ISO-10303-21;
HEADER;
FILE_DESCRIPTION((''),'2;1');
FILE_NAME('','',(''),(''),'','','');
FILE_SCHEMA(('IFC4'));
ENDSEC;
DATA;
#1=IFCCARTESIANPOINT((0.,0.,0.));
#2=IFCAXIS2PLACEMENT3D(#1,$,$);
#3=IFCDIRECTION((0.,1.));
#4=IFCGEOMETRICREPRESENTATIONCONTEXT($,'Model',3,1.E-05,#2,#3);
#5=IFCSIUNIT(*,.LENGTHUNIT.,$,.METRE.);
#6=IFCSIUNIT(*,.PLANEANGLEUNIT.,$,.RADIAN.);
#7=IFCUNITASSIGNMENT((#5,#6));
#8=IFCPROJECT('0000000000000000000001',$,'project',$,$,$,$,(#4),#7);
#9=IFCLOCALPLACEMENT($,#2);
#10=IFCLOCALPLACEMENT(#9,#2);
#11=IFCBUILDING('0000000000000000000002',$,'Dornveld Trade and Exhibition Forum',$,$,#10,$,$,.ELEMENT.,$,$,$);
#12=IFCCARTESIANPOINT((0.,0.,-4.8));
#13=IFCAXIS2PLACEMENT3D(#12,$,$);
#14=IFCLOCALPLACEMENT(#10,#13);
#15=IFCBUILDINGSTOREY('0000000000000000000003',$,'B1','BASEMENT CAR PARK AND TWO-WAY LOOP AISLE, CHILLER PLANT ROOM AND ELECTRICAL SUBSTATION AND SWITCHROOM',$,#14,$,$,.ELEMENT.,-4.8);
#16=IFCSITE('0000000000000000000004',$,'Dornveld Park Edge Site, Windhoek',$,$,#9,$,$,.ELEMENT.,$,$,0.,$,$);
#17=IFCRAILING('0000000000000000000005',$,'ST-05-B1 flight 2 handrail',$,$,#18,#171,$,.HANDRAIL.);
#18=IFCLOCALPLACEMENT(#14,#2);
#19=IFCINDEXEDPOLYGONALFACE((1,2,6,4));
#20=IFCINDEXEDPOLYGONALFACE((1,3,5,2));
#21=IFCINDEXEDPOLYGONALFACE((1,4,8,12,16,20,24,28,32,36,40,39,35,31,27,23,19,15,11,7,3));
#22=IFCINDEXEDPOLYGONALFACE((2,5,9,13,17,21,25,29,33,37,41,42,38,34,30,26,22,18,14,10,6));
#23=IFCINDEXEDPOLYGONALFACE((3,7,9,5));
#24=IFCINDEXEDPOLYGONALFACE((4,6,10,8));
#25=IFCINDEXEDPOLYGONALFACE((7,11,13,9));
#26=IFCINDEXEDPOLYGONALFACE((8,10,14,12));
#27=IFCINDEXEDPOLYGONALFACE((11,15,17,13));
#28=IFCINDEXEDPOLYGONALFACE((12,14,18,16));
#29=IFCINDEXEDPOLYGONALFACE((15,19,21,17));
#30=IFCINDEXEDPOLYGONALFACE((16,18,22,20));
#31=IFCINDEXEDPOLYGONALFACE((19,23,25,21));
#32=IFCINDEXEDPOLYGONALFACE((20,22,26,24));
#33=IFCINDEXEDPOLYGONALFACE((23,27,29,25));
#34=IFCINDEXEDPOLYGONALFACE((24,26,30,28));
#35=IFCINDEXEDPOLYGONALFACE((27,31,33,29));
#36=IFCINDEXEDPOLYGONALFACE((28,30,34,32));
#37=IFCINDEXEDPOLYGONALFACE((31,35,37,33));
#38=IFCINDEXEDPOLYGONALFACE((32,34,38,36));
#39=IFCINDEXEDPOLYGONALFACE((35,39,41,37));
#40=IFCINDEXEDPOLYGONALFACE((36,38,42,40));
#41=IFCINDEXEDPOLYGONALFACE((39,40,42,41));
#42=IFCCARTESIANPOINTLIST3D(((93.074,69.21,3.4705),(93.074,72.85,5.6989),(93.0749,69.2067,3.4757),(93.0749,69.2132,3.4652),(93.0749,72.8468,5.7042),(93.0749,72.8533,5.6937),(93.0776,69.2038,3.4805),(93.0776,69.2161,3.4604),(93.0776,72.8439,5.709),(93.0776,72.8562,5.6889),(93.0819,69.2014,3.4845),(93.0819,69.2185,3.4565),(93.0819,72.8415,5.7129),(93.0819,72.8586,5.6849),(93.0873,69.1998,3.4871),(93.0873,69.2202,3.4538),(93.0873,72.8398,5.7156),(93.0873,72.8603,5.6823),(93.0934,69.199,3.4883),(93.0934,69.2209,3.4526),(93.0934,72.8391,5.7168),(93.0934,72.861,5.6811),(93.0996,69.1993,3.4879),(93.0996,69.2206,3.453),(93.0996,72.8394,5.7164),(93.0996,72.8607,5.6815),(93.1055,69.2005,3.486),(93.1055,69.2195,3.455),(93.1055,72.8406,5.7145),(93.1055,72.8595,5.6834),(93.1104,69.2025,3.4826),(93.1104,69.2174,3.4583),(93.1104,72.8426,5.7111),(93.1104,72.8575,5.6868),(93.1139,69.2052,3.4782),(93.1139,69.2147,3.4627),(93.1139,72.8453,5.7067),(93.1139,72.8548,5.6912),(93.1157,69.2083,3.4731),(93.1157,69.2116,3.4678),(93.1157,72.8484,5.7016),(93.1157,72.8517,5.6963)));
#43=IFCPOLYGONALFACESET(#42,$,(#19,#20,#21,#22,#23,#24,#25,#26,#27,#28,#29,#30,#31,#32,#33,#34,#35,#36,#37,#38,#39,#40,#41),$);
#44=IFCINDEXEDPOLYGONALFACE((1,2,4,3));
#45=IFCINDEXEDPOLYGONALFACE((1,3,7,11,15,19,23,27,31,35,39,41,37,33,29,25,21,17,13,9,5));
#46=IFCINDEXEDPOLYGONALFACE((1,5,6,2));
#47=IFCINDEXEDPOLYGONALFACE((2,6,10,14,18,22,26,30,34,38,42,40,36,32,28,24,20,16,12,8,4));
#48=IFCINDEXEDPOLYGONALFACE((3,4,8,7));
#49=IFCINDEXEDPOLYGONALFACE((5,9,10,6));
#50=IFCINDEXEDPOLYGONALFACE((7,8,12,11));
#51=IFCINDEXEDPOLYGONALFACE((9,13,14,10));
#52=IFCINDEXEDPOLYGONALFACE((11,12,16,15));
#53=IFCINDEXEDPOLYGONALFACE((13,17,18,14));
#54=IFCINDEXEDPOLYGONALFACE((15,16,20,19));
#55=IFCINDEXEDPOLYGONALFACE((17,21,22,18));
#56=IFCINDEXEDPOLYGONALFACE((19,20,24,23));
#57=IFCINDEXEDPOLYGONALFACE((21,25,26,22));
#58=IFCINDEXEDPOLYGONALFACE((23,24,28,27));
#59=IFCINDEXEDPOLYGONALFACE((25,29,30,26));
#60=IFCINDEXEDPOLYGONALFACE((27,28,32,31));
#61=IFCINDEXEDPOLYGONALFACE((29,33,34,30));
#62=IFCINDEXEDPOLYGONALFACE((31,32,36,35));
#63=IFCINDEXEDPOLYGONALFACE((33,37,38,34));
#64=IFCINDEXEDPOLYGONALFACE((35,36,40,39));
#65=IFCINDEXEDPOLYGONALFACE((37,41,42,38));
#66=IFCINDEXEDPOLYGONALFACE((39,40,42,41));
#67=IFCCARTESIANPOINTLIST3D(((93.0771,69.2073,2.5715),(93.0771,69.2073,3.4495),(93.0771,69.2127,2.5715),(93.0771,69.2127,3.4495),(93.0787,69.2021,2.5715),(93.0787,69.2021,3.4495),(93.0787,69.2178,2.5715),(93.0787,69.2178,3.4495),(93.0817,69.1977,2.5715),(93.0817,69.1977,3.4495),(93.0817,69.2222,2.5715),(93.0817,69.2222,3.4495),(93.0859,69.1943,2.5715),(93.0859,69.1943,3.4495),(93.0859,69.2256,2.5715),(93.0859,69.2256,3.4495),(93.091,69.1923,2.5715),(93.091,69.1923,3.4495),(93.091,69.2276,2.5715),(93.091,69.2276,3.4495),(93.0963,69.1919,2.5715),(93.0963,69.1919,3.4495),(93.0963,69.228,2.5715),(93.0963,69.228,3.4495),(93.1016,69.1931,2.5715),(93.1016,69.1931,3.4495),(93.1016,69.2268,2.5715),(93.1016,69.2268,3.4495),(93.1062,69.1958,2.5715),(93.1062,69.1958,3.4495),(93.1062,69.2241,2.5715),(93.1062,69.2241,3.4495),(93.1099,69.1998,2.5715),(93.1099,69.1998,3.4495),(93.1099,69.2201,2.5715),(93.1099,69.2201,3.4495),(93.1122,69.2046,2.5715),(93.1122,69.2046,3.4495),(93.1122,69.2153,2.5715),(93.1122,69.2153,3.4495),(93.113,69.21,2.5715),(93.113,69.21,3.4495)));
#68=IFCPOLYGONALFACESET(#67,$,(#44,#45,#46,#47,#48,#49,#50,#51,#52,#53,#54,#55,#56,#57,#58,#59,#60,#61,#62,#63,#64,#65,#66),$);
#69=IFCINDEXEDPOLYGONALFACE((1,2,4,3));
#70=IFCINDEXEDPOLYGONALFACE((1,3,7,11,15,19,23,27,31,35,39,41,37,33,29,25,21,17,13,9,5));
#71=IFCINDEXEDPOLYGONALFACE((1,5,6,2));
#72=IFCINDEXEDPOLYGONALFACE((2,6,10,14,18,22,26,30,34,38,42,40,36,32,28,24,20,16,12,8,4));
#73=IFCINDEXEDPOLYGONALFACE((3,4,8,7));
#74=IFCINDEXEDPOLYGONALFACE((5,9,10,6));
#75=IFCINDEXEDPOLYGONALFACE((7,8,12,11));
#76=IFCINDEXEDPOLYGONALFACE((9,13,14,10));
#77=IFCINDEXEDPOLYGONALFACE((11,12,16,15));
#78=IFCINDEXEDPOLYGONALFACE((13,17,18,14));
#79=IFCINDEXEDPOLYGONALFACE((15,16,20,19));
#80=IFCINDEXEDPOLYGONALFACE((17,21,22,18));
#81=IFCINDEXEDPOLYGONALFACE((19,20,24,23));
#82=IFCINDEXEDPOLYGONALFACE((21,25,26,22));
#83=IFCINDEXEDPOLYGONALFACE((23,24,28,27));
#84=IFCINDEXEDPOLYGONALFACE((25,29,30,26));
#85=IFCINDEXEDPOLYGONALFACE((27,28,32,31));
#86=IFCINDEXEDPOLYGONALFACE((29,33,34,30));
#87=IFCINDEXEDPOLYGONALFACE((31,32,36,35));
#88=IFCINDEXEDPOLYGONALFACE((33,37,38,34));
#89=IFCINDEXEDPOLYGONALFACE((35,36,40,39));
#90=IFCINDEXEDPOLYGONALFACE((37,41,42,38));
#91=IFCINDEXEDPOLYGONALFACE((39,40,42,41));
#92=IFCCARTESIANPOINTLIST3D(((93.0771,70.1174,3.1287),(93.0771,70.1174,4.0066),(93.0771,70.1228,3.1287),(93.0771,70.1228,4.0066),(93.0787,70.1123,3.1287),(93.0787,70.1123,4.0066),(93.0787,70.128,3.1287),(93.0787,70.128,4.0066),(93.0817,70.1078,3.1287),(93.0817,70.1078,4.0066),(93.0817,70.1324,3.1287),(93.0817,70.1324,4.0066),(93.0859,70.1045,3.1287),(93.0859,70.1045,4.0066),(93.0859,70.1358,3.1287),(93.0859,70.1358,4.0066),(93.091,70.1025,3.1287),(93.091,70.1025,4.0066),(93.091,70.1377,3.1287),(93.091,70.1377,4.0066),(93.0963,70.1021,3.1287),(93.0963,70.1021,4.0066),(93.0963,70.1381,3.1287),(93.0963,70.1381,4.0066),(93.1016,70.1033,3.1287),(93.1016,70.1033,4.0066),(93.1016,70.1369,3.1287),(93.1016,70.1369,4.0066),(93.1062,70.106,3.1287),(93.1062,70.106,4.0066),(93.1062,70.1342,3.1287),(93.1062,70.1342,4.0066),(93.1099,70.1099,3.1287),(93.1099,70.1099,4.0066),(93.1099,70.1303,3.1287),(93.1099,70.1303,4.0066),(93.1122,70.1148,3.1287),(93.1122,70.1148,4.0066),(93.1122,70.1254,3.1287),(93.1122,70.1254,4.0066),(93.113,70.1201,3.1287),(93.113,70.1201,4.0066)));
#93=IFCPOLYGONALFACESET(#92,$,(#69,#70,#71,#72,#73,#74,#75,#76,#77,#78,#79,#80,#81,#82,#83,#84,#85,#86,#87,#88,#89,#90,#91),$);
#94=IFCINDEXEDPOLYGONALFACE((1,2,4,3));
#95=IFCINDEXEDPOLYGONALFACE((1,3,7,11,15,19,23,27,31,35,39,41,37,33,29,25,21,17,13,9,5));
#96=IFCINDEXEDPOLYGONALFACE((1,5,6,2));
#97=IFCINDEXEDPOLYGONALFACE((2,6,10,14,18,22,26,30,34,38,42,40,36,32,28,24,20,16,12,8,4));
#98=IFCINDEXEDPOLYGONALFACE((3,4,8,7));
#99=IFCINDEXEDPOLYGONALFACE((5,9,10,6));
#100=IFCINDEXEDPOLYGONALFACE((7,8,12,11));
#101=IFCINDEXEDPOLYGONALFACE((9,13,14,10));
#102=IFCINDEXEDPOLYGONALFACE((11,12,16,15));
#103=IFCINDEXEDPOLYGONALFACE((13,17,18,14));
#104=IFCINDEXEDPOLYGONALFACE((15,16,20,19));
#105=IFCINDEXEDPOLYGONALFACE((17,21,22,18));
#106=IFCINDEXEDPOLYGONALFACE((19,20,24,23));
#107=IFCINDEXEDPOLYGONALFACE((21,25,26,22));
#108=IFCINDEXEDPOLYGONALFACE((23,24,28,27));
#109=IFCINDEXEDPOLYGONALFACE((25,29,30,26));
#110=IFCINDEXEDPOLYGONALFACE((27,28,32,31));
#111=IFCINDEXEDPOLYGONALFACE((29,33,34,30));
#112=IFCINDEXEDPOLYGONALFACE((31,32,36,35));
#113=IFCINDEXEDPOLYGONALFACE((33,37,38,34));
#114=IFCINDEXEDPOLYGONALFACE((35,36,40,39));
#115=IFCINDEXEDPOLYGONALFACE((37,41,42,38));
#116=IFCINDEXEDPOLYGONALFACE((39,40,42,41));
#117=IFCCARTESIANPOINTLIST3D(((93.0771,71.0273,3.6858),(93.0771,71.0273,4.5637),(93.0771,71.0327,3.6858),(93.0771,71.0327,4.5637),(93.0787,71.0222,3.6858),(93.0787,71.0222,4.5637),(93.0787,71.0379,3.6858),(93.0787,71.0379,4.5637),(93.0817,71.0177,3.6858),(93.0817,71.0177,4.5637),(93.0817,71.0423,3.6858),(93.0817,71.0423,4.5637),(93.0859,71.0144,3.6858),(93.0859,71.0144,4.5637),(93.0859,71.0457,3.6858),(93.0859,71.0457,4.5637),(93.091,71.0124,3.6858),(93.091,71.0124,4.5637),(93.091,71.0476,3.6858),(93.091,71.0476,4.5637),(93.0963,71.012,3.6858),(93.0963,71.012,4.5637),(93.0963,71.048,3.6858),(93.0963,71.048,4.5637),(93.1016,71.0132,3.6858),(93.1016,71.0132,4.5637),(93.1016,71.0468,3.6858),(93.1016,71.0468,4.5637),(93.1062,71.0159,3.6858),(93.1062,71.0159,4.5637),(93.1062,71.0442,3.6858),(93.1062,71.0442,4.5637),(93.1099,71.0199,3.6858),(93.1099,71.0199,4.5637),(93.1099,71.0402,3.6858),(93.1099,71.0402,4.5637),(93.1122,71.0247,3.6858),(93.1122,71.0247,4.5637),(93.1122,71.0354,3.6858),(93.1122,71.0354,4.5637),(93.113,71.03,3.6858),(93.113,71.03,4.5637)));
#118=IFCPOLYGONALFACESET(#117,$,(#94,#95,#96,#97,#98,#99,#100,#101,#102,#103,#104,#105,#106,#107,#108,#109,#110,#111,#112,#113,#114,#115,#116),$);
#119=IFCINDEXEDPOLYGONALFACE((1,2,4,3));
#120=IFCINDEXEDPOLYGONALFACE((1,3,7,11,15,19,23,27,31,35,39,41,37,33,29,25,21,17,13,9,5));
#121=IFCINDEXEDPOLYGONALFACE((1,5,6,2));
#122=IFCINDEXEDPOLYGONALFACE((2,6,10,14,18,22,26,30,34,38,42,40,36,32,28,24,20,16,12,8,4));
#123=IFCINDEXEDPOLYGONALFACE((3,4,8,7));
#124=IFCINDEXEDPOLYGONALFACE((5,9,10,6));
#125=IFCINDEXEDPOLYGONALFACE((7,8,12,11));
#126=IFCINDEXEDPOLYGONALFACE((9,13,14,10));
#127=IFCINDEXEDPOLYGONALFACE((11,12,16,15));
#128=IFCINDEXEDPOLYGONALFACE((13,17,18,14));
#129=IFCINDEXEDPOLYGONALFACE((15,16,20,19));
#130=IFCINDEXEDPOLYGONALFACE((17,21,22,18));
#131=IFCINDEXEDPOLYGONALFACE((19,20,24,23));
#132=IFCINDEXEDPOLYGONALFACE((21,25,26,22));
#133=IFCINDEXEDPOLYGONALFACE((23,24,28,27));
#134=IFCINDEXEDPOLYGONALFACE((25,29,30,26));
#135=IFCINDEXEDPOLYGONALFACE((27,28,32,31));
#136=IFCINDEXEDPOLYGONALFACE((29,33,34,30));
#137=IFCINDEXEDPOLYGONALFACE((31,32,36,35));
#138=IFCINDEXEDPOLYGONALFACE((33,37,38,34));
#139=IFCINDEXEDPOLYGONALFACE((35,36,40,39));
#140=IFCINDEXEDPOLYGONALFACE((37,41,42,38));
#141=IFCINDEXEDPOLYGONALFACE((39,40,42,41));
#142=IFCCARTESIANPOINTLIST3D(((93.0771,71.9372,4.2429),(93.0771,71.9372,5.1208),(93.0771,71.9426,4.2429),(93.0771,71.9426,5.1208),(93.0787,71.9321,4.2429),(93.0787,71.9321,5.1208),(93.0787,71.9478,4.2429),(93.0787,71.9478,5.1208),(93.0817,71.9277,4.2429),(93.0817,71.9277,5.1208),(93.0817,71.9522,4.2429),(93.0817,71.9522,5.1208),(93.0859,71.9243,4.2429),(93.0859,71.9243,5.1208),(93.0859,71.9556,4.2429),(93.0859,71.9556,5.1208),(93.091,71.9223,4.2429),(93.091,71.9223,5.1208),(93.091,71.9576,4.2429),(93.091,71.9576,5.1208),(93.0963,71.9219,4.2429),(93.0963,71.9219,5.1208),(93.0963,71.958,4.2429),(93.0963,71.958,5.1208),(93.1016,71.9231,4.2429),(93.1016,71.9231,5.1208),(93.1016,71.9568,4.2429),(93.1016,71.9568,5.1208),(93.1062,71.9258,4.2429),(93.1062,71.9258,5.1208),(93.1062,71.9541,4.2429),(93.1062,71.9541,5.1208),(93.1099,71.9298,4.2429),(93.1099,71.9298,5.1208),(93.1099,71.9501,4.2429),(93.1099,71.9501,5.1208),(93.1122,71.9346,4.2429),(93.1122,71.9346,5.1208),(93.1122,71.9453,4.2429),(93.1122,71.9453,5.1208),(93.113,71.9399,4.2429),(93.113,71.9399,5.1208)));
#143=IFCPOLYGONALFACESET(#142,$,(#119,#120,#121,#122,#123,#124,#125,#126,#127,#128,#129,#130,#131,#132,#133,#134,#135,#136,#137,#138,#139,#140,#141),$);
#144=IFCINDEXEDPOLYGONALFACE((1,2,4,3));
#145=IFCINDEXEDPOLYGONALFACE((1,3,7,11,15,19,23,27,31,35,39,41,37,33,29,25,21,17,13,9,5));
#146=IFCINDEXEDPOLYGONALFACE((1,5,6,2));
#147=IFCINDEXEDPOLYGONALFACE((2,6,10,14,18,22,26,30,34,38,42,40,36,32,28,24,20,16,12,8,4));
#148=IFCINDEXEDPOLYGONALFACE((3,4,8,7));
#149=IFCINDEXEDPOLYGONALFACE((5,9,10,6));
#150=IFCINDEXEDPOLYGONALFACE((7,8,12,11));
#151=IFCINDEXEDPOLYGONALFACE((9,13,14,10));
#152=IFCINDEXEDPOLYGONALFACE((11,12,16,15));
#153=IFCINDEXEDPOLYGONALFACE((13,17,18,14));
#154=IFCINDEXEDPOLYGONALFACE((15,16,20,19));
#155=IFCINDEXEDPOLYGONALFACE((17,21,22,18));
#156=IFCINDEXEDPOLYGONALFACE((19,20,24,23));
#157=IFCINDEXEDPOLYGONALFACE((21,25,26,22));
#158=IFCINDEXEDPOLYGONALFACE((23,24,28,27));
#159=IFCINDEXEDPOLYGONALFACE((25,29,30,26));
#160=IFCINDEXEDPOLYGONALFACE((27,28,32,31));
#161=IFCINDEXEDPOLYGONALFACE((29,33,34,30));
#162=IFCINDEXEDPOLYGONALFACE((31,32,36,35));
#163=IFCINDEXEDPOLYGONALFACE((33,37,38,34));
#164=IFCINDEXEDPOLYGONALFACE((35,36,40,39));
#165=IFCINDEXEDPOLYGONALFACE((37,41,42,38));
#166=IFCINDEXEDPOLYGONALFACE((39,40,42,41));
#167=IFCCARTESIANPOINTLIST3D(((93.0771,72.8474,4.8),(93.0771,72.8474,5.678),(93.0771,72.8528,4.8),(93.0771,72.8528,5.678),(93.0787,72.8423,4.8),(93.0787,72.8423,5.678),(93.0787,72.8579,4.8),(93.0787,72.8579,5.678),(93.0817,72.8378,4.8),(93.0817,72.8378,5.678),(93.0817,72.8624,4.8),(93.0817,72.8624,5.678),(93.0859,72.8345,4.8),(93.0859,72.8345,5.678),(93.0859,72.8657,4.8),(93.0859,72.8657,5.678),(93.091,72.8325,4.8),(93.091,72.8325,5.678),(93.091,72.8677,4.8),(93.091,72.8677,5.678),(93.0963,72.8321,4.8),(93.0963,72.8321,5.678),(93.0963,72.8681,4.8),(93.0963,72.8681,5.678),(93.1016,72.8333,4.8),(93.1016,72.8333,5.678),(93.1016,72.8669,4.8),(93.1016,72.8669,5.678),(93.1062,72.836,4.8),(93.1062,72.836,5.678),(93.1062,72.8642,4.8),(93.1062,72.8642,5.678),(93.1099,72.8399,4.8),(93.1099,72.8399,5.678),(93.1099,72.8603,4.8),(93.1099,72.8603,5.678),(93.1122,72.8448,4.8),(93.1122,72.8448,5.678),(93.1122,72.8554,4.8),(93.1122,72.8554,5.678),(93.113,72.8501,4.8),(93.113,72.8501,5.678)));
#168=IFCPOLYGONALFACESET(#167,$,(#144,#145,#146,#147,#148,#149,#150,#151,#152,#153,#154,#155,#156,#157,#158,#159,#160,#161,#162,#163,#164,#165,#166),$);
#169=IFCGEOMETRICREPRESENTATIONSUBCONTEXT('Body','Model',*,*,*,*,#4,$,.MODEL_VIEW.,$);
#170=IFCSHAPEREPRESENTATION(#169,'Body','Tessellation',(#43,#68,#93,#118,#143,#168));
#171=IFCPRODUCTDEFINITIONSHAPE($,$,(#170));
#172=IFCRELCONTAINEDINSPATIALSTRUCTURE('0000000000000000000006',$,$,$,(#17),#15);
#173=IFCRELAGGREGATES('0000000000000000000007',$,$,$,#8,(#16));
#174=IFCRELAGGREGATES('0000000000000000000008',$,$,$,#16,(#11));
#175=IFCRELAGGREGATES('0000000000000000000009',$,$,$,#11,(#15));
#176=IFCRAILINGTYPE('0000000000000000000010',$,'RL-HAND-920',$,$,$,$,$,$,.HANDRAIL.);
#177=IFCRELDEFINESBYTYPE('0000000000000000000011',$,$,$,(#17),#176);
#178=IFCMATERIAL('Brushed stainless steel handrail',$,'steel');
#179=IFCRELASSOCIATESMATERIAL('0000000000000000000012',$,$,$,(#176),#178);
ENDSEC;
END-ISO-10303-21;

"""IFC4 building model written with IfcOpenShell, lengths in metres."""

from ifc_helpers import new_model, si_unit, direction, frame, origin, origin_2d, place, context, subcontext, project, spatial, circle, extrude, material, type_object, element, save


model = new_model("IFC4")

# Units and contexts
model_context = context("Model", 3, precision=1e-05, world=origin(), true_north=direction((0.0, 1.0)))
body_context = subcontext(model_context, "Body", "Model", "MODEL_VIEW")
ifc_project = project(units=[si_unit("LENGTHUNIT", "METRE"), si_unit("PLANEANGLEUNIT", "RADIAN")], contexts=[model_context])

# Site, building, storey
site_placement = place(None, origin())
site = spatial("IfcSite", under=ifc_project, at=site_placement, Name="Dornveld Park Edge Site, Windhoek", CompositionType="ELEMENT", RefElevation=0.0)
building_placement = place(site_placement, origin())
building = spatial("IfcBuilding", under=site, at=building_placement, Name="Dornveld Trade and Exhibition Forum", CompositionType="ELEMENT")
storey_placement = place(building_placement, frame((0.0, 0.0, -4.8)))
storey = spatial("IfcBuildingStorey", under=building, at=storey_placement, Name="B1", Description="BASEMENT CAR PARK AND TWO-WAY LOOP AISLE, CHILLER PLANT ROOM AND ELECTRICAL SUBSTATION AND SWITCHROOM", CompositionType="ELEMENT", Elevation=-4.8)

# Railing
ifc_material_1 = material(Name="Brushed stainless steel handrail", Category="steel")
railing_type_1 = type_object("IfcRailingType", Name="RL-HAND-920", PredefinedType="HANDRAIL", material=ifc_material_1)
railing_1_placement = place(storey_placement, frame((93.095, 69.21, 2.5715)))
element("IfcRailing", 1, at=railing_1_placement, inside=storey, type_object=railing_type_1, Name="ST-05-B1 flight 2 handrail", PredefinedType="HANDRAIL", context=body_context, shape_type="SweptSolid", body=[
    extrude(circle(Radius=0.021, at=origin_2d()), frame((0.0, 0.0, 0.8989), z_axis=(0.0, 0.852866, 0.52213), x_axis=(-1.0, 0.0, 0.0)), (0.0, 0.0, 1.0), 4.2681),
    extrude(circle(Radius=0.0181, at=origin_2d()), origin(), (0.0, 0.0, 1.0), 0.8779),
    extrude(circle(Radius=0.0181, at=origin_2d()), frame((0.0, 0.9102, 0.5571)), (0.0, 0.0, 1.0), 0.8779),
    extrude(circle(Radius=0.0181, at=origin_2d()), frame((0.0, 1.8201, 1.1143)), (0.0, 0.0, 1.0), 0.8779),
    extrude(circle(Radius=0.0181, at=origin_2d()), frame((0.0, 2.73, 1.6714)), (0.0, 0.0, 1.0), 0.8779),
    extrude(circle(Radius=0.0181, at=origin_2d()), frame((0.0, 3.6401, 2.2285)), (0.0, 0.0, 1.0), 0.8779),
])

save(model, "model.ifc")
